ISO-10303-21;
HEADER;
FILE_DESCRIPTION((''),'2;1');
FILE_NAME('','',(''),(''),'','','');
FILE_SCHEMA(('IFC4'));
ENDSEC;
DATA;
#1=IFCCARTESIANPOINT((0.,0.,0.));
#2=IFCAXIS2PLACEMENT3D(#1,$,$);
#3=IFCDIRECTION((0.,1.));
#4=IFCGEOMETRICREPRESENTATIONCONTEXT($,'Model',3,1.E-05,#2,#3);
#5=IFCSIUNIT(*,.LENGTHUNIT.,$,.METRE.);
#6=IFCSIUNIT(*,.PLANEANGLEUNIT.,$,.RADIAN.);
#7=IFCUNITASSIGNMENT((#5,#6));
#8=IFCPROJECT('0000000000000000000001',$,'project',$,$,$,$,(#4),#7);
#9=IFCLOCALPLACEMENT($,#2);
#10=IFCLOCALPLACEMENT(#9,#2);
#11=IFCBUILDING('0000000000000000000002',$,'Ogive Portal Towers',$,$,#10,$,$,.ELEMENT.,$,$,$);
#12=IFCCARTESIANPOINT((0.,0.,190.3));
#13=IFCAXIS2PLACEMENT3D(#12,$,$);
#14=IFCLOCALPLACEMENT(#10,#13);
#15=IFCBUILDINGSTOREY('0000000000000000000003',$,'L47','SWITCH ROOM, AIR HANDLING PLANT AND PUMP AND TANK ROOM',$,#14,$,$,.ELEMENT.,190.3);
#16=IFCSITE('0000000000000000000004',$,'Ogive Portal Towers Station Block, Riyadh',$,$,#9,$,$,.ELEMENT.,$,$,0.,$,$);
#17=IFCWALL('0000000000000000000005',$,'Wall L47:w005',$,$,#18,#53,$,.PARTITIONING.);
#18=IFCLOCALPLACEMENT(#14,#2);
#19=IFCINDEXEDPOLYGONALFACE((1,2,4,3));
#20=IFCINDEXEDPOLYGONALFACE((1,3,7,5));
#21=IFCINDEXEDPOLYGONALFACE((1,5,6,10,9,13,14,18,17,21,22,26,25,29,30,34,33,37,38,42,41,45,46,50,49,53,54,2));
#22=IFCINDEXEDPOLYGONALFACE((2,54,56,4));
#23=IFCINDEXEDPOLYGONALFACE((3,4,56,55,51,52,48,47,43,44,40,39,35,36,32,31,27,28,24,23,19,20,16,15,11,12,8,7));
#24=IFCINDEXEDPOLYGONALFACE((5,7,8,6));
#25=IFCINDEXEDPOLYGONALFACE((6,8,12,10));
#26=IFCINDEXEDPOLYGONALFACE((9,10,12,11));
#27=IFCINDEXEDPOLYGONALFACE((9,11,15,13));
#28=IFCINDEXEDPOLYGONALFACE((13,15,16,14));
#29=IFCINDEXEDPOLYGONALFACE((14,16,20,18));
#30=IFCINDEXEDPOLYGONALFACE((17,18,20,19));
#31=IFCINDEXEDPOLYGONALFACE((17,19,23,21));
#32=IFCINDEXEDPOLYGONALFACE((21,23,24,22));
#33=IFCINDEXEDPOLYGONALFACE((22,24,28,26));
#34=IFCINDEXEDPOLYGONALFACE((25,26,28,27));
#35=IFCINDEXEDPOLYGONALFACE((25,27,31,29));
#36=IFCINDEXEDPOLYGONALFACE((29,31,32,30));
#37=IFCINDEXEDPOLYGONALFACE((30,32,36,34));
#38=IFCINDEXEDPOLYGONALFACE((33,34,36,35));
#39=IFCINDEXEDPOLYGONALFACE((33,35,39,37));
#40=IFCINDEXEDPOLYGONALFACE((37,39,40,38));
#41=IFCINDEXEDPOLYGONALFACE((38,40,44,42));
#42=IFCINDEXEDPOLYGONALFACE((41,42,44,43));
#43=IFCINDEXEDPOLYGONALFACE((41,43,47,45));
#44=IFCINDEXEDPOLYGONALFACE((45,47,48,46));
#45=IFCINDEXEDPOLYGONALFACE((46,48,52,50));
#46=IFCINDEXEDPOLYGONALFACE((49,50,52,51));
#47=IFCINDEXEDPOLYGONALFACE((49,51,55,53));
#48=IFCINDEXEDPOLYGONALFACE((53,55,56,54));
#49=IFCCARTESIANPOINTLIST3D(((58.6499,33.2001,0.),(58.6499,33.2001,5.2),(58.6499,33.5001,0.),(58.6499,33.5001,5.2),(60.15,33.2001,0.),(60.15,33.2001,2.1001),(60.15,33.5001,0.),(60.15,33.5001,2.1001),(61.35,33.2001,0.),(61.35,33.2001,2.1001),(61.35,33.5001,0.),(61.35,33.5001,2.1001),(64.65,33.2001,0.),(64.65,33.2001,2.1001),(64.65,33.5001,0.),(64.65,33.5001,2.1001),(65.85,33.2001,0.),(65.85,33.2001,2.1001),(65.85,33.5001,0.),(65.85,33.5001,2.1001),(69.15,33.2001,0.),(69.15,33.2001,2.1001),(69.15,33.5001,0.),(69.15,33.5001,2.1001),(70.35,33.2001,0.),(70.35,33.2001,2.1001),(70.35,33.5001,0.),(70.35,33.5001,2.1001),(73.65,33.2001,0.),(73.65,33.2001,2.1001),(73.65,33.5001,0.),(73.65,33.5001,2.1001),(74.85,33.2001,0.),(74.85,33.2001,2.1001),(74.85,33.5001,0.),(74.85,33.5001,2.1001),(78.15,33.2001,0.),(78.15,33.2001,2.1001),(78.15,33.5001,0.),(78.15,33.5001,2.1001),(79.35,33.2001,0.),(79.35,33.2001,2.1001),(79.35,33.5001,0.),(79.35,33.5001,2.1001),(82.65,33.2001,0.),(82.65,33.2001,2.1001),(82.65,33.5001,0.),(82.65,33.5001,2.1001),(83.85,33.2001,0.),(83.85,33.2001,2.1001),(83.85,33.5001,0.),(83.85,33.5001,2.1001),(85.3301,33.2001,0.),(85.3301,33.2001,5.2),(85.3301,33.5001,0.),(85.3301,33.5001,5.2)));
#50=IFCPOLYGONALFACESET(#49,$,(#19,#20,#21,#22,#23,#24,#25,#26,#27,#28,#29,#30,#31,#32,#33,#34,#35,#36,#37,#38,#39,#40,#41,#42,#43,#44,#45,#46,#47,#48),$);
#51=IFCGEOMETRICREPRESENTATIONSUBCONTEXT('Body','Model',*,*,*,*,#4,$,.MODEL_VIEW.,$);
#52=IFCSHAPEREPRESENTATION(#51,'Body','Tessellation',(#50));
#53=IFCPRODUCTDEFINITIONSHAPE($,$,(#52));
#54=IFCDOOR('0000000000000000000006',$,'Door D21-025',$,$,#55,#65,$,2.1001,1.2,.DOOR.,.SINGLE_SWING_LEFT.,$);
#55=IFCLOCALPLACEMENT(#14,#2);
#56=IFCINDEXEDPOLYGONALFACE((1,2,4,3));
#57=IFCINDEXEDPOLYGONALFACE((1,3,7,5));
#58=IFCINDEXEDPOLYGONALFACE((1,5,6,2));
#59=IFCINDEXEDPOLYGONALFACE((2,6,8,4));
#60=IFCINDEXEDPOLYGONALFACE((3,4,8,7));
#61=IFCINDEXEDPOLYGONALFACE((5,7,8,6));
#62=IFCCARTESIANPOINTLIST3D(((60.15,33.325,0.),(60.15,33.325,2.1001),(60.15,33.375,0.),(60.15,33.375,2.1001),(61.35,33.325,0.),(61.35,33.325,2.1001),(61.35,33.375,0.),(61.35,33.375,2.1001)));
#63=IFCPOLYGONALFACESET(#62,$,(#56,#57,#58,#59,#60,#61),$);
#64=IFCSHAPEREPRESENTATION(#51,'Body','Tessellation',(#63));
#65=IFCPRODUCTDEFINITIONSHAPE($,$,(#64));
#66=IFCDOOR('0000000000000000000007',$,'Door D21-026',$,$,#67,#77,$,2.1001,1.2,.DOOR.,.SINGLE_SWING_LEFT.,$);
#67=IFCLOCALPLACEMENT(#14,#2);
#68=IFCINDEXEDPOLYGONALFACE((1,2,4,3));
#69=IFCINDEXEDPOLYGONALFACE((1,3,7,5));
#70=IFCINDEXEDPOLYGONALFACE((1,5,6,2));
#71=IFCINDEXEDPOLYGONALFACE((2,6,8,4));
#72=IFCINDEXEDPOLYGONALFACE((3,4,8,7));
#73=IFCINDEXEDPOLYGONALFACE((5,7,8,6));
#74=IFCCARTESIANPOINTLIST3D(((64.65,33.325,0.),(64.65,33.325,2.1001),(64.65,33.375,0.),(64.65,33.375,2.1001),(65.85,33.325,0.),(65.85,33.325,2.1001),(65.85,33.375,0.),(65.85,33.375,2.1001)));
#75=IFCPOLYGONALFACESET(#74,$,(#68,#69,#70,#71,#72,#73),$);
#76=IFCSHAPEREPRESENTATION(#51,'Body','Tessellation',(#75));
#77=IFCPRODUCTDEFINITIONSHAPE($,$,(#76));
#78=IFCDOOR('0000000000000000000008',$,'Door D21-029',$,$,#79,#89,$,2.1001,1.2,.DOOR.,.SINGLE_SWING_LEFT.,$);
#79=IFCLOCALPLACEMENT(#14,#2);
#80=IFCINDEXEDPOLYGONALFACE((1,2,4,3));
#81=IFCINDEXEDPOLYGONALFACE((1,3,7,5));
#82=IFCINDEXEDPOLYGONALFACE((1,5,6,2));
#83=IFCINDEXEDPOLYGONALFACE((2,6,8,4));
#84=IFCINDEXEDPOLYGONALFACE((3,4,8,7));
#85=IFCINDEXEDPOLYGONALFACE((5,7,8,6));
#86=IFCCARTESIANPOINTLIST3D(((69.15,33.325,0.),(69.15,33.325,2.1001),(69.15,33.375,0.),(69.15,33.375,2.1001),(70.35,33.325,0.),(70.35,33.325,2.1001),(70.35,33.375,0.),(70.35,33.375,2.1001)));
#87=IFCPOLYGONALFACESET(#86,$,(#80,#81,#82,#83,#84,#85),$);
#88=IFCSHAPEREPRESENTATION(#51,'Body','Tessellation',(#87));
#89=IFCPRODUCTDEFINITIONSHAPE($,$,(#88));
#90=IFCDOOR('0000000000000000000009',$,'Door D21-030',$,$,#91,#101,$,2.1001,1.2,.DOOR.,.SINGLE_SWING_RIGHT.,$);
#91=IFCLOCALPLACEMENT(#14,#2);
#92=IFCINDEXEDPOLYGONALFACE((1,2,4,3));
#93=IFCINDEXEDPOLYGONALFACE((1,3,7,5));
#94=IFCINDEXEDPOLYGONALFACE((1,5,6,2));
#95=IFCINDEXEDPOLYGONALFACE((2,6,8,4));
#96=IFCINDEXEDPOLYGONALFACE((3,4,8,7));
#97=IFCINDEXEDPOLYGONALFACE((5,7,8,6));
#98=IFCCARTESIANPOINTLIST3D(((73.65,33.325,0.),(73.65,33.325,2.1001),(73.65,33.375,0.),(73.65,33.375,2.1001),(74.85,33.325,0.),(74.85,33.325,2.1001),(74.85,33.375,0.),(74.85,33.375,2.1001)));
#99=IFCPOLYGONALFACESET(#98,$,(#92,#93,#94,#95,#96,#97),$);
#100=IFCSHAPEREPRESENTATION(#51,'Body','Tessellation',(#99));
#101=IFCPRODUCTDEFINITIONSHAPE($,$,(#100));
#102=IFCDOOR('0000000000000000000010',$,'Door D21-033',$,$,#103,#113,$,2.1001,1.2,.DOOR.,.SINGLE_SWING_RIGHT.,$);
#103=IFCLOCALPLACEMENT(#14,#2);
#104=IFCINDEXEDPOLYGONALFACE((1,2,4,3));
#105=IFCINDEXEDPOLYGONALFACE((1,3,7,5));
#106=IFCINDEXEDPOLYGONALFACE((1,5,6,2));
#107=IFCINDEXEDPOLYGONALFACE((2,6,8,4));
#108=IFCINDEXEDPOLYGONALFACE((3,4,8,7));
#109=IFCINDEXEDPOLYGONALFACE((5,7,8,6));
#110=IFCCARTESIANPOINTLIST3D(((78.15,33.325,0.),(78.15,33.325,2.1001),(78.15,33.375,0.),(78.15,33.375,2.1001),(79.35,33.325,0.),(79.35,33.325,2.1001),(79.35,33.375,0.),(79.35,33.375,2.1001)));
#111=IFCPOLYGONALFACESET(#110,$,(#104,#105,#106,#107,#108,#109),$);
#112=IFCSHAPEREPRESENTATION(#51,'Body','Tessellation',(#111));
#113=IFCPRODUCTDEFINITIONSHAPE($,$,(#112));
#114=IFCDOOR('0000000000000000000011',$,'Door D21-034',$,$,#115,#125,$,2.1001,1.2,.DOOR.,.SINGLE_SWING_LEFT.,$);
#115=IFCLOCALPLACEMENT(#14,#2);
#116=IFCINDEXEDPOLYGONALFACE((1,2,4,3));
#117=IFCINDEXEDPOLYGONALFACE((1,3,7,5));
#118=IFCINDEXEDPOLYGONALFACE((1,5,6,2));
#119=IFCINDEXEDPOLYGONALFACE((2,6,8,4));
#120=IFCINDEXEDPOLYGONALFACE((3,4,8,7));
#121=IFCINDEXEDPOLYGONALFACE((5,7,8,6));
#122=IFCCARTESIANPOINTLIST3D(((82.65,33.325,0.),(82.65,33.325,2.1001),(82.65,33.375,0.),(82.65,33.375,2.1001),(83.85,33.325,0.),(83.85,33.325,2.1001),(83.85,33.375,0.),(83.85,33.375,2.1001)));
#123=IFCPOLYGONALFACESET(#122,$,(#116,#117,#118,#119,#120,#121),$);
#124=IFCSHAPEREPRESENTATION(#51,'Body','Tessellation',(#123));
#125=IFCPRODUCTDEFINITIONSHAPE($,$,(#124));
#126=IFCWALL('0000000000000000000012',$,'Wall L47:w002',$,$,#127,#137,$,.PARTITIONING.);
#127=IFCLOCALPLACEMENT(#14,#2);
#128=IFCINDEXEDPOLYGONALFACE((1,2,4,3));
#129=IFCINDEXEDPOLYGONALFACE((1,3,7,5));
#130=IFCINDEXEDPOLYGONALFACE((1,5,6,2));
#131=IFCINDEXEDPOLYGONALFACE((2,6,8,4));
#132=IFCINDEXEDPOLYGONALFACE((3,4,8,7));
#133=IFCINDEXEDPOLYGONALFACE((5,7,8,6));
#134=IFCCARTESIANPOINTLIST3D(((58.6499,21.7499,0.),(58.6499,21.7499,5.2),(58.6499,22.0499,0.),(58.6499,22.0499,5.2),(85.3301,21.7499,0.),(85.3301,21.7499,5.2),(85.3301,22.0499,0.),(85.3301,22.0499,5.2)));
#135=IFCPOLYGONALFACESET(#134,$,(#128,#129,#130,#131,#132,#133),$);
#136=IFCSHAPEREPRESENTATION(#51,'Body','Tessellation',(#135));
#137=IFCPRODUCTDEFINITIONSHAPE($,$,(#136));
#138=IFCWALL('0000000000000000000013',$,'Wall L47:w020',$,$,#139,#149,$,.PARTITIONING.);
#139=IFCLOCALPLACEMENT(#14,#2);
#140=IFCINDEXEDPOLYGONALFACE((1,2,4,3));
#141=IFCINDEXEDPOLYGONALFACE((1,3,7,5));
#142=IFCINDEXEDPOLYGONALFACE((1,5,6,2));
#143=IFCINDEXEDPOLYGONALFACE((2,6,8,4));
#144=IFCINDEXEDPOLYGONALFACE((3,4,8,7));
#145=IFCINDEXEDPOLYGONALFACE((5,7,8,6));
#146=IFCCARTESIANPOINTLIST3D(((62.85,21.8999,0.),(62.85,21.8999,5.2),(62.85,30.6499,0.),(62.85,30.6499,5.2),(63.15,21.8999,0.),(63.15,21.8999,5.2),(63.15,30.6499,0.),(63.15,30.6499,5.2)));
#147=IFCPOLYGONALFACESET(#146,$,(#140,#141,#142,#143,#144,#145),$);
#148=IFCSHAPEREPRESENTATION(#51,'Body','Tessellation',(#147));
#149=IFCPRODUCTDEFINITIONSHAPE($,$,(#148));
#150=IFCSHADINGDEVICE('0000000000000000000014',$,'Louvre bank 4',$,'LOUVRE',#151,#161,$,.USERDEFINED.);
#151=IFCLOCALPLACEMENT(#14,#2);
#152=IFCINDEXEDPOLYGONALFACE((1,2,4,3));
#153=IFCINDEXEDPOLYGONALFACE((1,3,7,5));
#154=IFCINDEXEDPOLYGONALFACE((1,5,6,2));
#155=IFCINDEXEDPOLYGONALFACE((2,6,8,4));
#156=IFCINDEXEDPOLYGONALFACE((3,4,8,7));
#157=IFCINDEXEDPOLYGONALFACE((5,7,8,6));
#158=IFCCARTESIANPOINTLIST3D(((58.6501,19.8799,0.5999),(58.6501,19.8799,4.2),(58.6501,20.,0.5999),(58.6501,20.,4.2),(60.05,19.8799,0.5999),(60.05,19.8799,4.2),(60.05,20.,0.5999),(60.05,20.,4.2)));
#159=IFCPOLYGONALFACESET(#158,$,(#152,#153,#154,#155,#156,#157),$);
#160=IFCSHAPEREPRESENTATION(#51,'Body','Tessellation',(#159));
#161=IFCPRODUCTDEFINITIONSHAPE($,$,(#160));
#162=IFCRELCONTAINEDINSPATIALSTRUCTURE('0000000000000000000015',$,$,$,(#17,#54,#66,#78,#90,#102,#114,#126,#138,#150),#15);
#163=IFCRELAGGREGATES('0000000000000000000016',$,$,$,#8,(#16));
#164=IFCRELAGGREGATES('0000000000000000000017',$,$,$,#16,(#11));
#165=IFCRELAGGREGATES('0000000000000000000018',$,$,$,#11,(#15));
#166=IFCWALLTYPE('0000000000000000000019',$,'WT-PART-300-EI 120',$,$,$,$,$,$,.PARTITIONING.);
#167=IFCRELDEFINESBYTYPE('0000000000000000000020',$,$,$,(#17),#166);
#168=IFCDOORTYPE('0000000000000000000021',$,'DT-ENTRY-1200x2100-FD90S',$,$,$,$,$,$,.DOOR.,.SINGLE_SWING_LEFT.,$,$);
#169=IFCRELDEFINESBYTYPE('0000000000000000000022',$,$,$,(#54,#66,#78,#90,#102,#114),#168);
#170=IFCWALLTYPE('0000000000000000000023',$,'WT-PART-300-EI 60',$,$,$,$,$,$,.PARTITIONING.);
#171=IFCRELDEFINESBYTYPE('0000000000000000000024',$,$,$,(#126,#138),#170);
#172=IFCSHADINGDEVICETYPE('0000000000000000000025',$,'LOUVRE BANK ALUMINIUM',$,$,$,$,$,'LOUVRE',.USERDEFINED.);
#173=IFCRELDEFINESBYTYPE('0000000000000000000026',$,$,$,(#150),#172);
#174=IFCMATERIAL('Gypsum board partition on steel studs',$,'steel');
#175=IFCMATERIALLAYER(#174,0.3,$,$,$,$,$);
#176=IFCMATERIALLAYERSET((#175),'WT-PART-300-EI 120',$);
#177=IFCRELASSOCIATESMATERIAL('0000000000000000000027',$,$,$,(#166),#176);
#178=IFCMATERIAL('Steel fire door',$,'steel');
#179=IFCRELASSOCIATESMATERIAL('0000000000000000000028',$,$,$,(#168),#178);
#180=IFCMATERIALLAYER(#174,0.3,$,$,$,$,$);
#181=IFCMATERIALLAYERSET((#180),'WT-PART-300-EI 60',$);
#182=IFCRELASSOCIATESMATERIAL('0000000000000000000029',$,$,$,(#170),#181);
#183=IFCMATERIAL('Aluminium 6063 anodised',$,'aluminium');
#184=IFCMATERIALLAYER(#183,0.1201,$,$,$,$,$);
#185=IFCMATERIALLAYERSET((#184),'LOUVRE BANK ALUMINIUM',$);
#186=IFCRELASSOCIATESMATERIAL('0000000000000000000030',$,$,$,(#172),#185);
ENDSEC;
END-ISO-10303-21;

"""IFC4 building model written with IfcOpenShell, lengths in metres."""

from ifc_helpers import new_model, si_unit, direction, frame, frame_2d, origin, origin_2d, place, context, subcontext, project, spatial, rectangle, extrude, material, layer, layer_set, type_object, element, fill, save


model = new_model("IFC4")

# Units and contexts
model_context = context("Model", 3, precision=1e-05, world=origin(), true_north=direction((0.0, 1.0)))
body_context = subcontext(model_context, "Body", "Model", "MODEL_VIEW")
ifc_project = project(units=[si_unit("LENGTHUNIT", "METRE"), si_unit("PLANEANGLEUNIT", "RADIAN")], contexts=[model_context])

# Site, building, storey
site_placement = place(None, origin())
site = spatial("IfcSite", under=ifc_project, at=site_placement, Name="Ogive Portal Towers Station Block, Riyadh", CompositionType="ELEMENT", RefElevation=0.0)
building_placement = place(site_placement, origin())
building = spatial("IfcBuilding", under=site, at=building_placement, Name="Ogive Portal Towers", CompositionType="ELEMENT")
storey_placement = place(building_placement, frame((0.0, 0.0, 190.3)))
storey = spatial("IfcBuildingStorey", under=building, at=storey_placement, Name="L47", Description="SWITCH ROOM, AIR HANDLING PLANT AND PUMP AND TANK ROOM", CompositionType="ELEMENT", Elevation=190.3)

# Wall, openings, doors
ifc_material_1 = material(Name="Gypsum board partition on steel studs", Category="steel")
ifc_layer_1 = layer(ifc_material_1, 0.3)
ifc_layer_set_1 = layer_set([ifc_layer_1], Name="WT-PART-300-EI 120")
wall_type_1 = type_object("IfcWallType", Name="WT-PART-300-EI 120", PredefinedType="PARTITIONING", material=ifc_layer_set_1)
ifc_material_2 = material(Name="Steel fire door", Category="steel")
door_type_1 = type_object("IfcDoorType", Name="DT-ENTRY-1200x2100-FD90S", OperationType="SINGLE_SWING_LEFT", PredefinedType="DOOR", material=ifc_material_2)
wall_1_placement = place(storey_placement, frame((58.6499, 33.3501, 0.0), z_axis=(0.0, 0.0, 1.0), x_axis=(1.0, 0.0, 0.0)))
wall_1 = element("IfcWall", 1, at=wall_1_placement, inside=storey, type_object=wall_type_1, Name="Wall L47:w005", PredefinedType="PARTITIONING", context=body_context, shape_type="SweptSolid", body=[
    extrude(rectangle(XDim=26.6802, YDim=0.3, at=frame_2d((13.3401, 0.0))), origin(), (0.0, 0.0, 1.0), 5.2),
])
opening_1_placement = place(wall_1_placement, frame((1.5, 0.0, 0.0)))
opening_1 = element("IfcOpeningElement", 2, at=opening_1_placement, cuts=wall_1, PredefinedType="OPENING", context=body_context, shape_type="SweptSolid", body=[
    extrude(rectangle(XDim=1.2, YDim=2.1001, at=frame_2d((0.6001, 1.05))), frame((0.0, 0.1602, 0.0), z_axis=(0.0, -1.0, 0.0), x_axis=(1.0, 0.0, 0.0)), (0.0, 0.0, 1.0), 0.3201),
])
opening_2_placement = place(wall_1_placement, frame((6.0, 0.0, 0.0)))
opening_2 = element("IfcOpeningElement", 3, at=opening_2_placement, cuts=wall_1, PredefinedType="OPENING", context=body_context, shape_type="SweptSolid", body=[
    extrude(rectangle(XDim=1.2, YDim=2.1001, at=frame_2d((0.6001, 1.05))), frame((0.0, 0.1602, 0.0), z_axis=(0.0, -1.0, 0.0), x_axis=(1.0, 0.0, 0.0)), (0.0, 0.0, 1.0), 0.3201),
])
opening_3_placement = place(wall_1_placement, frame((10.5, 0.0, 0.0)))
opening_3 = element("IfcOpeningElement", 4, at=opening_3_placement, cuts=wall_1, PredefinedType="OPENING", context=body_context, shape_type="SweptSolid", body=[
    extrude(rectangle(XDim=1.2, YDim=2.1001, at=frame_2d((0.6001, 1.05))), frame((0.0, 0.1602, 0.0), z_axis=(0.0, -1.0, 0.0), x_axis=(1.0, 0.0, 0.0)), (0.0, 0.0, 1.0), 0.3201),
])
opening_4_placement = place(wall_1_placement, frame((15.0, 0.0, 0.0)))
opening_4 = element("IfcOpeningElement", 5, at=opening_4_placement, cuts=wall_1, PredefinedType="OPENING", context=body_context, shape_type="SweptSolid", body=[
    extrude(rectangle(XDim=1.2, YDim=2.1001, at=frame_2d((0.6001, 1.05))), frame((0.0, 0.1602, 0.0), z_axis=(0.0, -1.0, 0.0), x_axis=(1.0, 0.0, 0.0)), (0.0, 0.0, 1.0), 0.3201),
])
opening_5_placement = place(wall_1_placement, frame((19.5, 0.0, 0.0)))
opening_5 = element("IfcOpeningElement", 6, at=opening_5_placement, cuts=wall_1, PredefinedType="OPENING", context=body_context, shape_type="SweptSolid", body=[
    extrude(rectangle(XDim=1.2, YDim=2.1001, at=frame_2d((0.6001, 1.05))), frame((0.0, 0.1602, 0.0), z_axis=(0.0, -1.0, 0.0), x_axis=(1.0, 0.0, 0.0)), (0.0, 0.0, 1.0), 0.3201),
])
opening_6_placement = place(wall_1_placement, frame((24.0, 0.0, 0.0)))
opening_6 = element("IfcOpeningElement", 7, at=opening_6_placement, cuts=wall_1, PredefinedType="OPENING", context=body_context, shape_type="SweptSolid", body=[
    extrude(rectangle(XDim=1.2, YDim=2.1001, at=frame_2d((0.6001, 1.05))), frame((0.0, 0.1602, 0.0), z_axis=(0.0, -1.0, 0.0), x_axis=(1.0, 0.0, 0.0)), (0.0, 0.0, 1.0), 0.3201),
])
door_1_placement = place(opening_1_placement, origin())
door_1 = element("IfcDoor", 8, at=door_1_placement, inside=storey, type_object=door_type_1, Name="Door D21-025", OperationType="SINGLE_SWING_LEFT", OverallHeight=2.1001, OverallWidth=1.2, PredefinedType="DOOR", context=body_context, shape_type="SweptSolid", body=[
    extrude(rectangle(XDim=1.2, YDim=2.1001, at=frame_2d((0.6001, 1.05))), frame((0.0, 0.0249, 0.0), z_axis=(0.0, -1.0, 0.0), x_axis=(1.0, 0.0, 0.0)), (0.0, 0.0, 1.0), 0.05),
])
fill(opening_1, door_1)
door_2_placement = place(opening_2_placement, origin())
door_2 = element("IfcDoor", 9, at=door_2_placement, inside=storey, type_object=door_type_1, Name="Door D21-026", OperationType="SINGLE_SWING_LEFT", OverallHeight=2.1001, OverallWidth=1.2, PredefinedType="DOOR", context=body_context, shape_type="SweptSolid", body=[
    extrude(rectangle(XDim=1.2, YDim=2.1001, at=frame_2d((0.6001, 1.05))), frame((0.0, 0.0249, 0.0), z_axis=(0.0, -1.0, 0.0), x_axis=(1.0, 0.0, 0.0)), (0.0, 0.0, 1.0), 0.05),
])
fill(opening_2, door_2)
door_3_placement = place(opening_3_placement, origin())
door_3 = element("IfcDoor", 10, at=door_3_placement, inside=storey, type_object=door_type_1, Name="Door D21-029", OperationType="SINGLE_SWING_LEFT", OverallHeight=2.1001, OverallWidth=1.2, PredefinedType="DOOR", context=body_context, shape_type="SweptSolid", body=[
    extrude(rectangle(XDim=1.2, YDim=2.1001, at=frame_2d((0.6001, 1.05))), frame((0.0, 0.0249, 0.0), z_axis=(0.0, -1.0, 0.0), x_axis=(1.0, 0.0, 0.0)), (0.0, 0.0, 1.0), 0.05),
])
fill(opening_3, door_3)
door_4_placement = place(opening_4_placement, origin())
door_4 = element("IfcDoor", 11, at=door_4_placement, inside=storey, type_object=door_type_1, Name="Door D21-030", OperationType="SINGLE_SWING_RIGHT", OverallHeight=2.1001, OverallWidth=1.2, PredefinedType="DOOR", context=body_context, shape_type="SweptSolid", body=[
    extrude(rectangle(XDim=1.2, YDim=2.1001, at=frame_2d((0.6001, 1.05))), frame((0.0, 0.0249, 0.0), z_axis=(0.0, -1.0, 0.0), x_axis=(1.0, 0.0, 0.0)), (0.0, 0.0, 1.0), 0.05),
])
fill(opening_4, door_4)
door_5_placement = place(opening_5_placement, origin())
door_5 = element("IfcDoor", 12, at=door_5_placement, inside=storey, type_object=door_type_1, Name="Door D21-033", OperationType="SINGLE_SWING_RIGHT", OverallHeight=2.1001, OverallWidth=1.2, PredefinedType="DOOR", context=body_context, shape_type="SweptSolid", body=[
    extrude(rectangle(XDim=1.2, YDim=2.1001, at=frame_2d((0.6001, 1.05))), frame((0.0, 0.0249, 0.0), z_axis=(0.0, -1.0, 0.0), x_axis=(1.0, 0.0, 0.0)), (0.0, 0.0, 1.0), 0.05),
])
fill(opening_5, door_5)
door_6_placement = place(opening_6_placement, origin())
door_6 = element("IfcDoor", 13, at=door_6_placement, inside=storey, type_object=door_type_1, Name="Door D21-034", OperationType="SINGLE_SWING_LEFT", OverallHeight=2.1001, OverallWidth=1.2, PredefinedType="DOOR", context=body_context, shape_type="SweptSolid", body=[
    extrude(rectangle(XDim=1.2, YDim=2.1001, at=frame_2d((0.6001, 1.05))), frame((0.0, 0.0249, 0.0), z_axis=(0.0, -1.0, 0.0), x_axis=(1.0, 0.0, 0.0)), (0.0, 0.0, 1.0), 0.05),
])
fill(opening_6, door_6)

# Walls
ifc_layer_2 = layer(ifc_material_1, 0.3)
ifc_layer_set_2 = layer_set([ifc_layer_2], Name="WT-PART-300-EI 60")
wall_type_2 = type_object("IfcWallType", Name="WT-PART-300-EI 60", PredefinedType="PARTITIONING", material=ifc_layer_set_2)
wall_2_placement = place(storey_placement, frame((58.6499, 21.8999, 0.0), z_axis=(0.0, 0.0, 1.0), x_axis=(1.0, 0.0, 0.0)))
element("IfcWall", 14, at=wall_2_placement, inside=storey, type_object=wall_type_2, Name="Wall L47:w002", PredefinedType="PARTITIONING", context=body_context, shape_type="SweptSolid", body=[
    extrude(rectangle(XDim=26.6802, YDim=0.3, at=frame_2d((13.3401, 0.0))), origin(), (0.0, 0.0, 1.0), 5.2),
])
wall_3_placement = place(storey_placement, frame((63.0, 21.8999, 0.0), z_axis=(0.0, 0.0, 1.0), x_axis=(0.0, 1.0, 0.0)))
element("IfcWall", 15, at=wall_3_placement, inside=storey, type_object=wall_type_2, Name="Wall L47:w020", PredefinedType="PARTITIONING", context=body_context, shape_type="SweptSolid", body=[
    extrude(rectangle(XDim=8.75, YDim=0.3, at=frame_2d((4.375, 0.0))), origin(), (0.0, 0.0, 1.0), 5.2),
])

# Shading device
ifc_material_3 = material(Name="Aluminium 6063 anodised", Category="aluminium")
ifc_layer_3 = layer(ifc_material_3, 0.1201)
ifc_layer_set_3 = layer_set([ifc_layer_3], Name="LOUVRE BANK ALUMINIUM")
shading_device_type = type_object("IfcShadingDeviceType", Name="LOUVRE BANK ALUMINIUM", ElementType="LOUVRE", PredefinedType="USERDEFINED", material=ifc_layer_set_3)
shading_device_placement = place(storey_placement, frame((59.3501, 19.9399, 0.5999), z_axis=(0.0, 0.0, 1.0), x_axis=(1.0, 0.0, 0.0)))
element("IfcShadingDevice", 16, at=shading_device_placement, inside=storey, type_object=shading_device_type, Name="Louvre bank 4", ObjectType="LOUVRE", PredefinedType="USERDEFINED", context=body_context, shape_type="SweptSolid", body=[
    extrude(rectangle(XDim=1.3999, YDim=0.1201, at=origin_2d()), origin(), (0.0, 0.0, 1.0), 3.6001),
])

save(model, "model.ifc")
